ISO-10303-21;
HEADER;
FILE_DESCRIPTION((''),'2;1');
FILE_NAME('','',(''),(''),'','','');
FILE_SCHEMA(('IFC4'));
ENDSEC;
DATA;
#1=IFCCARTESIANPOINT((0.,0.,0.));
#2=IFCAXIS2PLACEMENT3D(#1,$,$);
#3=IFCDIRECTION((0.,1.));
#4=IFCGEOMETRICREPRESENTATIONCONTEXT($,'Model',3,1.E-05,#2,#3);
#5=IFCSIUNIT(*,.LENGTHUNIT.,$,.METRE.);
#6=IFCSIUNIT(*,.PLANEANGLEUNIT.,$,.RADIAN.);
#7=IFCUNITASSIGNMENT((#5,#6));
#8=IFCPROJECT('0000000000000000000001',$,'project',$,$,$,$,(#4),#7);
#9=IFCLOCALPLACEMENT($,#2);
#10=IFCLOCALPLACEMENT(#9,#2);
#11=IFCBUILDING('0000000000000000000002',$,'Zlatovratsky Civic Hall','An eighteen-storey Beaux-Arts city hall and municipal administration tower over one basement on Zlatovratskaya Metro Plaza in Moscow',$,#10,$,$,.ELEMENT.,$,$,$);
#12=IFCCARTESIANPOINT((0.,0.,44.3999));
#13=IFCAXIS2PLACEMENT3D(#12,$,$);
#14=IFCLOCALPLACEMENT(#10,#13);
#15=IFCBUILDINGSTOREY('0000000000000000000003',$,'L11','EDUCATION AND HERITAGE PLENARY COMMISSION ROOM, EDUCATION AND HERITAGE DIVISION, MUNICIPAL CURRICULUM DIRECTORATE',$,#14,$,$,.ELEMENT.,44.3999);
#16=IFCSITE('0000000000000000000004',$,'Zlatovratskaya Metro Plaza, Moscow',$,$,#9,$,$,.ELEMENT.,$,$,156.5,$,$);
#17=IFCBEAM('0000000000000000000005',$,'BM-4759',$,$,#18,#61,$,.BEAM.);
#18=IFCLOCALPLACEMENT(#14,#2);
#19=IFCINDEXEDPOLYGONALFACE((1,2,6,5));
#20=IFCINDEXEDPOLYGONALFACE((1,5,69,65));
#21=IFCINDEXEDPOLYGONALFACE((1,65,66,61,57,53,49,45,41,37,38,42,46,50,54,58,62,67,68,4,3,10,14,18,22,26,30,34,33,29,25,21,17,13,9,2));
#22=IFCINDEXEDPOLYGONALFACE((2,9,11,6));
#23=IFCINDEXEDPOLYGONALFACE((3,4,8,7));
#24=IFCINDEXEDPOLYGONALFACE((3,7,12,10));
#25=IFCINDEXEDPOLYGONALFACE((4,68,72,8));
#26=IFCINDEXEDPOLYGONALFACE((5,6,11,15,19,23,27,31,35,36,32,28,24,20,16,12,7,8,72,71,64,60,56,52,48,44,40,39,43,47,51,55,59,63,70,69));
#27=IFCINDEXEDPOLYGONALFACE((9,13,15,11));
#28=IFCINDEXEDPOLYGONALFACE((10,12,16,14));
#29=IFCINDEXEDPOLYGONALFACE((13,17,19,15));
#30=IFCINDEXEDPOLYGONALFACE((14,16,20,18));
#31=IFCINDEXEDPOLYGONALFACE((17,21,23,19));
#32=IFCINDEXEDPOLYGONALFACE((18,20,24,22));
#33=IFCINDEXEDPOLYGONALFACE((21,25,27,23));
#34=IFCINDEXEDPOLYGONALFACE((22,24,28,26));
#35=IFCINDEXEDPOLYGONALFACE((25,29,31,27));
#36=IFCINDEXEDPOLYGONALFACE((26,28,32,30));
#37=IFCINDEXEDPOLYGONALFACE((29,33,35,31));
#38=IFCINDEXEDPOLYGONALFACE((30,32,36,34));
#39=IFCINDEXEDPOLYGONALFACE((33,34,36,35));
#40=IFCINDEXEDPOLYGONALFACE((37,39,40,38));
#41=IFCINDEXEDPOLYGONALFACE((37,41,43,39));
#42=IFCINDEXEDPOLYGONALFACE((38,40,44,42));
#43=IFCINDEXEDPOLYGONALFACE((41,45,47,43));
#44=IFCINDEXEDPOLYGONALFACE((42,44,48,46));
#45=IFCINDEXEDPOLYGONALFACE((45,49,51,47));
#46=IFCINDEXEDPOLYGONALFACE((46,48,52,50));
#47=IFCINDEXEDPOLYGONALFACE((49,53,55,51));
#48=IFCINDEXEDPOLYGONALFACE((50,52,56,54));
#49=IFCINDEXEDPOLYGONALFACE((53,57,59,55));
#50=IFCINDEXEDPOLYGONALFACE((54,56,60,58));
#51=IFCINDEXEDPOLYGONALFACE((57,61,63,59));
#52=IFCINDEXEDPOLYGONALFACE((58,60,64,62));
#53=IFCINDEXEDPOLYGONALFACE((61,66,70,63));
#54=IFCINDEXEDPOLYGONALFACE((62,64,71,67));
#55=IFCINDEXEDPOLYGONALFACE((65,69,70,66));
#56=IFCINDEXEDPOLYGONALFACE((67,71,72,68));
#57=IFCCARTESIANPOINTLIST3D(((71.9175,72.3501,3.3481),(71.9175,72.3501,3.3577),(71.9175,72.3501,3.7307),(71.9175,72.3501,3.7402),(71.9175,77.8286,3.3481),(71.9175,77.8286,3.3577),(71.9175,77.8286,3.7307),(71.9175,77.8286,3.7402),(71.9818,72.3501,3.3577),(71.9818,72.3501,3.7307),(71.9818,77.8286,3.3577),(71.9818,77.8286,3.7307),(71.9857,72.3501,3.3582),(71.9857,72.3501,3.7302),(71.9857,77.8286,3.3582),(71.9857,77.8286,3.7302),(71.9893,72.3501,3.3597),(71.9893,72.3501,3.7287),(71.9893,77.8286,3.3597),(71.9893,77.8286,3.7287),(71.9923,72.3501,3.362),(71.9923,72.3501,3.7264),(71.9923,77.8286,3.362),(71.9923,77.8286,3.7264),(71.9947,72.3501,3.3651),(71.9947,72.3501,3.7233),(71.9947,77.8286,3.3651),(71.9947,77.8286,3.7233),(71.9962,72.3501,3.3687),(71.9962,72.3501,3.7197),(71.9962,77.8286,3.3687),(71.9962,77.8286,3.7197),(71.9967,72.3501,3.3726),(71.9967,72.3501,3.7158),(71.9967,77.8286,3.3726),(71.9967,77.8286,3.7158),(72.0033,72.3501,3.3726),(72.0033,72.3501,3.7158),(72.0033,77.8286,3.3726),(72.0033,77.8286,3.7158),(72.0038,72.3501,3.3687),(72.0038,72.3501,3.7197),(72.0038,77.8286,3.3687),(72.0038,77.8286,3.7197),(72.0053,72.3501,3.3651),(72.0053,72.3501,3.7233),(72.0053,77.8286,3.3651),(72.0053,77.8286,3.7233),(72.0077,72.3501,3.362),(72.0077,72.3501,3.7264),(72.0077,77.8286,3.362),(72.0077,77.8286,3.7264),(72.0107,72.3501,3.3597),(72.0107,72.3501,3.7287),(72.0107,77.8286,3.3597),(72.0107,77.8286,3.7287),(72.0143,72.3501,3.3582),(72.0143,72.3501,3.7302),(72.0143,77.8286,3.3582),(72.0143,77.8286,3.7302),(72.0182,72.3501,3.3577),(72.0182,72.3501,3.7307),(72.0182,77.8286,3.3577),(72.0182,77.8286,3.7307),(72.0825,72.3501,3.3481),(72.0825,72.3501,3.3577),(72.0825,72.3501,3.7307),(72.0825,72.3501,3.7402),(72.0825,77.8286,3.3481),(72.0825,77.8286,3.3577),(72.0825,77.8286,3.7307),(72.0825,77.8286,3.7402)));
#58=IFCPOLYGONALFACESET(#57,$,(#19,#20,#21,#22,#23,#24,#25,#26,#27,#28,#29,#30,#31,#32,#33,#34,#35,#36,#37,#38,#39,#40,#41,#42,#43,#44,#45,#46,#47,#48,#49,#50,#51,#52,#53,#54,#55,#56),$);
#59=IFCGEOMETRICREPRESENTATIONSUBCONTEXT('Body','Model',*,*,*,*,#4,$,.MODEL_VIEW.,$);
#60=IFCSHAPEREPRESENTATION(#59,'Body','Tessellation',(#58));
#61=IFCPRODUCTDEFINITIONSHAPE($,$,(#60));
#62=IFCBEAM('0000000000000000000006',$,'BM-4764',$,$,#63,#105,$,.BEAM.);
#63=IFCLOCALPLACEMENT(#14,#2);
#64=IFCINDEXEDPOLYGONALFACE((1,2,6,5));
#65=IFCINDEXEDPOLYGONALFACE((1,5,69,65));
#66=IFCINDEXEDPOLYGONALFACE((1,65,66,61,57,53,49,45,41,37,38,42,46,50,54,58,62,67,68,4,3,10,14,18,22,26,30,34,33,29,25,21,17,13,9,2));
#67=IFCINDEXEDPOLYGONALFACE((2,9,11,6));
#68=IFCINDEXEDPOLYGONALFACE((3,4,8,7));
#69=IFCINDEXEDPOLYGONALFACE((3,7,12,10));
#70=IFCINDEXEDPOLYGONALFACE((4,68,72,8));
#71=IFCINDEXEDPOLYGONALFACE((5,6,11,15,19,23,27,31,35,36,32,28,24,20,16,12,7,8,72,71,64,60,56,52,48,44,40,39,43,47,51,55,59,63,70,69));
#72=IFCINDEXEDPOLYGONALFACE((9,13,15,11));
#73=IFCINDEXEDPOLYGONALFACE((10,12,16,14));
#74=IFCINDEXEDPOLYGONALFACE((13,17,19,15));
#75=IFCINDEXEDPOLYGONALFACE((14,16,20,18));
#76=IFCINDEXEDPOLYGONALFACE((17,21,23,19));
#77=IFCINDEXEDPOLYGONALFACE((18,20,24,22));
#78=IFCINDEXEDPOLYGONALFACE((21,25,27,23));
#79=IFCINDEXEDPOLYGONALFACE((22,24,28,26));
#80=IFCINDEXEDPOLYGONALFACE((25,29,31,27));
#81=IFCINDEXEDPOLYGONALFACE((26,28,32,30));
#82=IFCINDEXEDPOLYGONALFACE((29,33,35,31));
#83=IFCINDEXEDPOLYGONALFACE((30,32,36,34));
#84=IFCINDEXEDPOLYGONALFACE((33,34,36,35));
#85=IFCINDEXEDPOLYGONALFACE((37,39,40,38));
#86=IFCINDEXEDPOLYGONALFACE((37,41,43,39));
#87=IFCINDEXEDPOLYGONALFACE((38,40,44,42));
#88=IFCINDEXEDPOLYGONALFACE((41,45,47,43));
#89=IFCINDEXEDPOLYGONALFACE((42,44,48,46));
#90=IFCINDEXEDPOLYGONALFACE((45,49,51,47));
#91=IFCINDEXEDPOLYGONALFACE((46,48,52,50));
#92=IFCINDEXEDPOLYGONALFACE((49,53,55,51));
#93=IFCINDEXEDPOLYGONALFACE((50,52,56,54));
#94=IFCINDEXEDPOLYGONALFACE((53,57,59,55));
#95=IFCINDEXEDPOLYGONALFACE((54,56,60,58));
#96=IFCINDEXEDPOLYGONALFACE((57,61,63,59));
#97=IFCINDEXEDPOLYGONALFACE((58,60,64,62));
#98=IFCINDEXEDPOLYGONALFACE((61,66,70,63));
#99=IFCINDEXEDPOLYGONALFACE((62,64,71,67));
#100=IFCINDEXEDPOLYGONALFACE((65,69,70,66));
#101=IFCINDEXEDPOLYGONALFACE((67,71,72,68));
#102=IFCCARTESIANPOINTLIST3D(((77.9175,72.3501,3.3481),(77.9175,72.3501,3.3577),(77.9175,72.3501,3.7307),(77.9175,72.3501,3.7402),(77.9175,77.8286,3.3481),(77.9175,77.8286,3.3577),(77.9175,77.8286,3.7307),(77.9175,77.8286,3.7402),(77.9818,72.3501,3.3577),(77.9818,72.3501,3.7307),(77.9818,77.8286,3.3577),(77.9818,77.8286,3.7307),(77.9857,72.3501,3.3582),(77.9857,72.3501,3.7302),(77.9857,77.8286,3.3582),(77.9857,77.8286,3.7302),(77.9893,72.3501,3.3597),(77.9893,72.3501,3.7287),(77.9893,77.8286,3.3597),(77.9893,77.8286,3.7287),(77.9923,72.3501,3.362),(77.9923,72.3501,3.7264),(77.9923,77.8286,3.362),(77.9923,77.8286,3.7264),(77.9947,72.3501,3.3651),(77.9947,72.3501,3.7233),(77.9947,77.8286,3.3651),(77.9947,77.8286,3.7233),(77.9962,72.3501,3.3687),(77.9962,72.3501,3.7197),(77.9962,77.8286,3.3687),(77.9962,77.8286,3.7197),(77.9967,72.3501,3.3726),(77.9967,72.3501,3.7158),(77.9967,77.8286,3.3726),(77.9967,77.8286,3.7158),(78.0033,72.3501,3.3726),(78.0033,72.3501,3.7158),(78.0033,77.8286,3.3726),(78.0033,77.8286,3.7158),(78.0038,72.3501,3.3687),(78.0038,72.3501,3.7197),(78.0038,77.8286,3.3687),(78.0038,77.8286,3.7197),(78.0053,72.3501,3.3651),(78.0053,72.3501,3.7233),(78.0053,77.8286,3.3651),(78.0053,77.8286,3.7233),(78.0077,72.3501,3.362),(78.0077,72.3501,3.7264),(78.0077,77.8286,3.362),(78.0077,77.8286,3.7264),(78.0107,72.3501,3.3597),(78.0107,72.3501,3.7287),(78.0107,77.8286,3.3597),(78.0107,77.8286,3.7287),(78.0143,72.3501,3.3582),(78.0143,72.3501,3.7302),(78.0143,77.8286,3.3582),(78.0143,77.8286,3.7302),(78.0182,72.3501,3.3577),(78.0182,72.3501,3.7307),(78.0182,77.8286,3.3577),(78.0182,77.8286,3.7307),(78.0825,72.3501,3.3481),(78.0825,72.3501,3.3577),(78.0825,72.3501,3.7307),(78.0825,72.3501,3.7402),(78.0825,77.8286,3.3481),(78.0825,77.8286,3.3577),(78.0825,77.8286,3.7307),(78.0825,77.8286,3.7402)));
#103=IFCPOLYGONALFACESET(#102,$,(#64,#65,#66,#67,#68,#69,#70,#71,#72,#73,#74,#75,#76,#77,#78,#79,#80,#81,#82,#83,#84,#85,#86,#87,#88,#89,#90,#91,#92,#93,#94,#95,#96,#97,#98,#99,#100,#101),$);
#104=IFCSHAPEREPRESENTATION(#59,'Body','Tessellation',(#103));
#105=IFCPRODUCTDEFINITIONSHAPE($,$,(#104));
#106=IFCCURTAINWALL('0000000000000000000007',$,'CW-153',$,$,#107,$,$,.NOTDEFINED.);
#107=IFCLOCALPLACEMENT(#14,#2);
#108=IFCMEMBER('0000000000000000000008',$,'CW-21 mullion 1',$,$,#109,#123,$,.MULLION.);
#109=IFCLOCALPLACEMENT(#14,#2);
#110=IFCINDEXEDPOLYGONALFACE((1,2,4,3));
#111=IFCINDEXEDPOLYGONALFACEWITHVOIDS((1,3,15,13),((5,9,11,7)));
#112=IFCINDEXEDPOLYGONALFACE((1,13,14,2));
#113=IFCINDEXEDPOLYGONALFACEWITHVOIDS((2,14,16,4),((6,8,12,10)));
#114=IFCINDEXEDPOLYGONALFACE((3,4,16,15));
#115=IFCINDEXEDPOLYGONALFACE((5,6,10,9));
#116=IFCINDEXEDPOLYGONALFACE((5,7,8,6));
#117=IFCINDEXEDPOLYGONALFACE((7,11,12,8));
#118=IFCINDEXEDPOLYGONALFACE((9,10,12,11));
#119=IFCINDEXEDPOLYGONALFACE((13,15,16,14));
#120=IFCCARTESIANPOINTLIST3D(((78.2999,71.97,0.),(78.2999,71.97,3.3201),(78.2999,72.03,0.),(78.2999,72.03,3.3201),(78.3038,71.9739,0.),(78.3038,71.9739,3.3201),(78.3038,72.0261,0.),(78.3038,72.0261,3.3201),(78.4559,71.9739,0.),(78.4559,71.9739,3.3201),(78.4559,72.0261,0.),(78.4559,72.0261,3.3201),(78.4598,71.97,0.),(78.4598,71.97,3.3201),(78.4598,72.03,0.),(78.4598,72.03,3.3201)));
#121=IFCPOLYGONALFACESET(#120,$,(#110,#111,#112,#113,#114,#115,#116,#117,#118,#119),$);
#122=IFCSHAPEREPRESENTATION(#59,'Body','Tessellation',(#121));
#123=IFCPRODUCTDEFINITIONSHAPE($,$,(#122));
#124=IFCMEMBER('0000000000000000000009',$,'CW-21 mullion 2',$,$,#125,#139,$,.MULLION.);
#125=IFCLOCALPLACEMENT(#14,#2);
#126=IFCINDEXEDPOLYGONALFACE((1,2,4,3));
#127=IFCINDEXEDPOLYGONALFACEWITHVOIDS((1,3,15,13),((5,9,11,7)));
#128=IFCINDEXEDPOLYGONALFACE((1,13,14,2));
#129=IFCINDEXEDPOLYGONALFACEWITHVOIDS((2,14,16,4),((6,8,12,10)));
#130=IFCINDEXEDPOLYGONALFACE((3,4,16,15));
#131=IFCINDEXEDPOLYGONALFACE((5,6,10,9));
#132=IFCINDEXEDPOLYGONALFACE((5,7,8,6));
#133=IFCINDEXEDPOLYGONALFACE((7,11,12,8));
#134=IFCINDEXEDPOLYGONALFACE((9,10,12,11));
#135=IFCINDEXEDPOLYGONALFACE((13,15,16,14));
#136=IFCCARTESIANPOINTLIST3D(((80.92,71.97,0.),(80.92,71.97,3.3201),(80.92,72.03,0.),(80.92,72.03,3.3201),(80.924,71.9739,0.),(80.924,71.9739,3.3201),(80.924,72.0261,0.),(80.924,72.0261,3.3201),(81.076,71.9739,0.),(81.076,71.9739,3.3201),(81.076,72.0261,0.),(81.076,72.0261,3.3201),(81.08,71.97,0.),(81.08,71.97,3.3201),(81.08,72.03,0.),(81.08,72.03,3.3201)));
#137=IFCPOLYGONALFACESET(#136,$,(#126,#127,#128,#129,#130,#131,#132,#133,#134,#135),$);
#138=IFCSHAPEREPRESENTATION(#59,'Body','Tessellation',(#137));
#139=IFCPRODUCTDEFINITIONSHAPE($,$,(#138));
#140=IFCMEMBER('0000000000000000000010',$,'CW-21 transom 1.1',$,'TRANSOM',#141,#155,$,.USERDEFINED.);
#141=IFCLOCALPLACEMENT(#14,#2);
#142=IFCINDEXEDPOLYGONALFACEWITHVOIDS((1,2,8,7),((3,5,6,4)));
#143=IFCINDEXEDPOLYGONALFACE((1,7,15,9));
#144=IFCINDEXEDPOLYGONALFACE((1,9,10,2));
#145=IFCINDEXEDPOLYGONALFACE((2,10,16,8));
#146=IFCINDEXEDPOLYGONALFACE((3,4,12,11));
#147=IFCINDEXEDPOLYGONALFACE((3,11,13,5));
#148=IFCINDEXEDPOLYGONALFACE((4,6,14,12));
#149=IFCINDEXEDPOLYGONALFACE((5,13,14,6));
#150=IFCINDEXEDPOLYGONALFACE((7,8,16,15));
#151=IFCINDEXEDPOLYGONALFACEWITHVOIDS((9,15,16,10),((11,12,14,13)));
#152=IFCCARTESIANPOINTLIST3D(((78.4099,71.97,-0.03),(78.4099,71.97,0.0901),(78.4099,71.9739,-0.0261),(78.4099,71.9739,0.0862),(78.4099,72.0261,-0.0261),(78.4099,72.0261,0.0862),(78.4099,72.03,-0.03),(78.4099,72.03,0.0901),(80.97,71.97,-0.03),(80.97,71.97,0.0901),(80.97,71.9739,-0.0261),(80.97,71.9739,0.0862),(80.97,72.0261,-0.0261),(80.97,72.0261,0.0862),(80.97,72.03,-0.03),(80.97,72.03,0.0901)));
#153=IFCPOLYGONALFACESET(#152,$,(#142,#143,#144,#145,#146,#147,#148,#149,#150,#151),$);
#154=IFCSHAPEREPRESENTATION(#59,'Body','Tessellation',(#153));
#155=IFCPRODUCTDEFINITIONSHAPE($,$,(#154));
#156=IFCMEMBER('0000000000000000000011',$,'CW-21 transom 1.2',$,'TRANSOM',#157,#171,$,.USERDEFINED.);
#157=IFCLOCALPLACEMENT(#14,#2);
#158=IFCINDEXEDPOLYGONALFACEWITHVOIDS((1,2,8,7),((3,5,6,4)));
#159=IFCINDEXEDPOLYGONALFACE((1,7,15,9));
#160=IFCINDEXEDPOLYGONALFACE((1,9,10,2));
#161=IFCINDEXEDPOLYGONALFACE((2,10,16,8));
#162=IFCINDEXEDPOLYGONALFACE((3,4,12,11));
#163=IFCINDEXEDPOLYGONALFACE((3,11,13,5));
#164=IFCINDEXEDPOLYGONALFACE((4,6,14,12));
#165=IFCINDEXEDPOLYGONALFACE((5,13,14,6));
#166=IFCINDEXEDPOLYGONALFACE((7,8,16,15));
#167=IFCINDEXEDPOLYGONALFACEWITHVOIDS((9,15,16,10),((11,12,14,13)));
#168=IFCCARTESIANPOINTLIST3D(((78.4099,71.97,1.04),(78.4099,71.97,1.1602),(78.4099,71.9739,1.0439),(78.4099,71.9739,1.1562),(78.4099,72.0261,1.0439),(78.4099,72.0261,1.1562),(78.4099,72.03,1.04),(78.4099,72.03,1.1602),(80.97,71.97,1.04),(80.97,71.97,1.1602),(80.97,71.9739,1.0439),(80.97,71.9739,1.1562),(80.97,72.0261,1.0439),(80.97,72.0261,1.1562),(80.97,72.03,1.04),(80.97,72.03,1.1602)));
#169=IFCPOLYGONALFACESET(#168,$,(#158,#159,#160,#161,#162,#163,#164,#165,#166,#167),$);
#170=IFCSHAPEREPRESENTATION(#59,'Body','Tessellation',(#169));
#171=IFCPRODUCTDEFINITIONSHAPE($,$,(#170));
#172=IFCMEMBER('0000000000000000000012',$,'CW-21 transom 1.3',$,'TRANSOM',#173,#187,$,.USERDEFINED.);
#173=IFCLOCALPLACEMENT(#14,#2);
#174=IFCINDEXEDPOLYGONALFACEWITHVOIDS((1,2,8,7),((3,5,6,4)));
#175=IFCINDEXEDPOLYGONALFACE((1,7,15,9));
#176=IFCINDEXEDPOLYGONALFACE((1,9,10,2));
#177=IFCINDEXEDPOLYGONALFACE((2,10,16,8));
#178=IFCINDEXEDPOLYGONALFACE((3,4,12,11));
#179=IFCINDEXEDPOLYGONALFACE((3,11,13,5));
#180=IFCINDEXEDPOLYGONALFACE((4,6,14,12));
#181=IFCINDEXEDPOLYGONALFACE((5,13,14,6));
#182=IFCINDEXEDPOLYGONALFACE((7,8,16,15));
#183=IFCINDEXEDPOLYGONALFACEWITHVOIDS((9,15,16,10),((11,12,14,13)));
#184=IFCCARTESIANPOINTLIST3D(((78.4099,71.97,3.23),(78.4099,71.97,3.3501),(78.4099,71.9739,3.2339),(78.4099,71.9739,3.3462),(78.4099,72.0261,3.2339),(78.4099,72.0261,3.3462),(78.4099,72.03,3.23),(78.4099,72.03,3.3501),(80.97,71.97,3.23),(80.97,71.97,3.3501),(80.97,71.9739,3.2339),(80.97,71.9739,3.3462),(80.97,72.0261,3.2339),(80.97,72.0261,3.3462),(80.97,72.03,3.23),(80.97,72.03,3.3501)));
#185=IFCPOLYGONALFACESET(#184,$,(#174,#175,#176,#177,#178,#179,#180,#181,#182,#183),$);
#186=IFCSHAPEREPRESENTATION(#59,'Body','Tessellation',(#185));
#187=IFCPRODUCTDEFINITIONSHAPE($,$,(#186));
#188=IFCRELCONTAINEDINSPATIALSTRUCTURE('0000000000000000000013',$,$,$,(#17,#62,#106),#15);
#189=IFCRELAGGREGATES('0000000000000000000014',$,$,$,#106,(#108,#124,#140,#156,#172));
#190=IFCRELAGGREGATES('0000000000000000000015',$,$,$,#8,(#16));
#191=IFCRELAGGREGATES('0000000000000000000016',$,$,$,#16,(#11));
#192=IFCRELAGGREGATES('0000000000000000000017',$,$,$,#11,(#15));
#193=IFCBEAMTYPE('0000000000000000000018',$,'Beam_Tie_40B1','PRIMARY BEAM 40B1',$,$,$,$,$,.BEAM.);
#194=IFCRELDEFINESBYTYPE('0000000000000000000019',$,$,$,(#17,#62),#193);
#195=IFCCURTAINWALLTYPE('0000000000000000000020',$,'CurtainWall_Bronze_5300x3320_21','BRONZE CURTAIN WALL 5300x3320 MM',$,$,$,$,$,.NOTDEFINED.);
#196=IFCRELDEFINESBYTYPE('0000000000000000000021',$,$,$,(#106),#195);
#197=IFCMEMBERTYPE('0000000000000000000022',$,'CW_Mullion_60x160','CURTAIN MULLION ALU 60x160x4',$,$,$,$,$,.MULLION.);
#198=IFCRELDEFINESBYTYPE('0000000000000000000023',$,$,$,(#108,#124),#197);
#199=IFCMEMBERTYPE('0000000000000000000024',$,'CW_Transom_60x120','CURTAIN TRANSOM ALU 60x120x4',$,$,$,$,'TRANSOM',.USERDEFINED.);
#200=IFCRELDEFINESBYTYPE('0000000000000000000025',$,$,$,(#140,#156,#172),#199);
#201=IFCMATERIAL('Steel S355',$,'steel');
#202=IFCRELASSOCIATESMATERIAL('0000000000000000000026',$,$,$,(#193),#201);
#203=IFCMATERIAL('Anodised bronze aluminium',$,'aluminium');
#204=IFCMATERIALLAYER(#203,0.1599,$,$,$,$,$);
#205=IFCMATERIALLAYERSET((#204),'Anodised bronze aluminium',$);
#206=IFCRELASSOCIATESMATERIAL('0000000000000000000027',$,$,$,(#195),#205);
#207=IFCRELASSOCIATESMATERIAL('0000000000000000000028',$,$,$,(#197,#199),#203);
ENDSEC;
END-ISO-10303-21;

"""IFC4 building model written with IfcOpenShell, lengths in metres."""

from ifc_helpers import new_model, si_unit, direction, frame, origin, origin_2d, place, context, subcontext, project, spatial, hollow_rectangle, i_section, extrude, material, layer, layer_set, material_profile, profile_set, type_object, element, aggregate, save


model = new_model("IFC4")

# Units and contexts
model_context = context("Model", 3, precision=1e-05, world=origin(), true_north=direction((0.0, 1.0)))
body_context = subcontext(model_context, "Body", "Model", "MODEL_VIEW")
ifc_project = project(units=[si_unit("LENGTHUNIT", "METRE"), si_unit("PLANEANGLEUNIT", "RADIAN")], contexts=[model_context])

# Site, building, storey
site_placement = place(None, origin())
site = spatial("IfcSite", under=ifc_project, at=site_placement, Name="Zlatovratskaya Metro Plaza, Moscow", CompositionType="ELEMENT", RefElevation=156.5)
building_placement = place(site_placement, origin())
building = spatial("IfcBuilding", under=site, at=building_placement, Name="Zlatovratsky Civic Hall", Description="An eighteen-storey Beaux-Arts city hall and municipal administration tower over one basement on Zlatovratskaya Metro Plaza in Moscow", CompositionType="ELEMENT")
storey_placement = place(building_placement, frame((0.0, 0.0, 44.3999)))
storey = spatial("IfcBuildingStorey", under=building, at=storey_placement, Name="L11", Description="EDUCATION AND HERITAGE PLENARY COMMISSION ROOM, EDUCATION AND HERITAGE DIVISION, MUNICIPAL CURRICULUM DIRECTORATE", CompositionType="ELEMENT", Elevation=44.3999)

# Shared definitions
ifc_material_1 = material(Name="Steel S355", Category="steel")

# Beams
ifc_material_profile_1 = material_profile(ifc_material_1, i_section(OverallWidth=0.165, OverallDepth=0.3921, WebThickness=0.0066, FlangeThickness=0.0095, FilletRadius=0.0149, at=origin_2d()), Name="40B1")
ifc_profile_set_1 = profile_set([ifc_material_profile_1], Name="Steel S355")
beam_type_1 = type_object("IfcBeamType", Name="Beam_Tie_40B1", Description="PRIMARY BEAM 40B1", PredefinedType="BEAM", material=ifc_profile_set_1)
for number, where, z_axis, x_axis, name in (
    (1, (72.0, 72.3501, 3.5442), (0.0, 1.0, 0.0), (-1.0, 0.0, 0.0), "BM-4759"),
    (2, (78.0, 72.3501, 3.5442), (0.0, 1.0, 0.0), (-1.0, 0.0, 0.0), "BM-4764"),
):
    element("IfcBeam", number, at=place(storey_placement, frame(where, z_axis=z_axis, x_axis=x_axis)), inside=storey, type_object=beam_type_1, Name=name, PredefinedType="BEAM", context=body_context, shape_type="SweptSolid", body=[
        extrude(i_section(OverallWidth=0.165, OverallDepth=0.3921, WebThickness=0.0066, FlangeThickness=0.0095, FilletRadius=0.0149, at=origin_2d()), origin(), (0.0, 0.0, 1.0), 5.4785),
    ])

# Curtain wall, members
ifc_material_2 = material(Name="Anodised bronze aluminium", Category="aluminium")
ifc_layer_1 = layer(ifc_material_2, 0.1599)
ifc_layer_set_1 = layer_set([ifc_layer_1], Name="Anodised bronze aluminium")
curtain_wall_type = type_object("IfcCurtainWallType", Name="CurtainWall_Bronze_5300x3320_21", Description="BRONZE CURTAIN WALL 5300x3320 MM", PredefinedType="NOTDEFINED", material=ifc_layer_set_1)
curtain_wall_placement = place(storey_placement, origin())
curtain_wall = element("IfcCurtainWall", 3, at=curtain_wall_placement, inside=storey, type_object=curtain_wall_type, Name="CW-153", PredefinedType="NOTDEFINED")
ifc_material_profile_2 = material_profile(ifc_material_2, hollow_rectangle(XDim=0.0601, YDim=0.1599, WallThickness=0.0039, at=origin_2d()), Name="ALU 60x160x4")
ifc_profile_set_2 = profile_set([ifc_material_profile_2], Name="Anodised bronze aluminium")
member_type_1 = type_object("IfcMemberType", Name="CW_Mullion_60x160", Description="CURTAIN MULLION ALU 60x160x4", PredefinedType="MULLION", material=ifc_profile_set_2)
member_1_placement = place(storey_placement, frame((78.3799, 72.0, 0.0), z_axis=(0.0, 0.0, 1.0), x_axis=(0.0, 1.0, 0.0)))
member_1 = element("IfcMember", 4, at=member_1_placement, type_object=member_type_1, Name="CW-21 mullion 1", PredefinedType="MULLION", context=body_context, shape_type="SweptSolid", body=[
    extrude(hollow_rectangle(XDim=0.0601, YDim=0.1599, WallThickness=0.0039, at=origin_2d()), origin(), (0.0, 0.0, 1.0), 3.3201),
])
member_2_placement = place(storey_placement, frame((81.0, 72.0, 0.0), z_axis=(0.0, 0.0, 1.0), x_axis=(0.0, 1.0, 0.0)))
member_2 = element("IfcMember", 5, at=member_2_placement, type_object=member_type_1, Name="CW-21 mullion 2", PredefinedType="MULLION", context=body_context, shape_type="SweptSolid", body=[
    extrude(hollow_rectangle(XDim=0.0601, YDim=0.1599, WallThickness=0.0039, at=origin_2d()), origin(), (0.0, 0.0, 1.0), 3.3201),
])
ifc_material_profile_3 = material_profile(ifc_material_2, hollow_rectangle(XDim=0.0601, YDim=0.1201, WallThickness=0.0039, at=origin_2d()), Name="ALU 60x120x4")
ifc_profile_set_3 = profile_set([ifc_material_profile_3], Name="Anodised bronze aluminium")
member_type_2 = type_object("IfcMemberType", Name="CW_Transom_60x120", Description="CURTAIN TRANSOM ALU 60x120x4", ElementType="TRANSOM", PredefinedType="USERDEFINED", material=ifc_profile_set_3)
member_3_placement = place(storey_placement, frame((78.4099, 72.0, 0.03), z_axis=(1.0, 0.0, 0.0), x_axis=(0.0, 1.0, 0.0)))
member_3 = element("IfcMember", 6, at=member_3_placement, type_object=member_type_2, Name="CW-21 transom 1.1", ObjectType="TRANSOM", PredefinedType="USERDEFINED", context=body_context, shape_type="SweptSolid", body=[
    extrude(hollow_rectangle(XDim=0.0601, YDim=0.1201, WallThickness=0.0039, at=origin_2d()), origin(), (0.0, 0.0, 1.0), 2.5601),
])
member_4_placement = place(storey_placement, frame((78.4099, 72.0, 1.1001), z_axis=(1.0, 0.0, 0.0), x_axis=(0.0, 1.0, 0.0)))
member_4 = element("IfcMember", 7, at=member_4_placement, type_object=member_type_2, Name="CW-21 transom 1.2", ObjectType="TRANSOM", PredefinedType="USERDEFINED", context=body_context, shape_type="SweptSolid", body=[
    extrude(hollow_rectangle(XDim=0.0601, YDim=0.1201, WallThickness=0.0039, at=origin_2d()), origin(), (0.0, 0.0, 1.0), 2.5601),
])
member_5_placement = place(storey_placement, frame((78.4099, 72.0, 3.29), z_axis=(1.0, 0.0, 0.0), x_axis=(0.0, 1.0, 0.0)))
member_5 = element("IfcMember", 8, at=member_5_placement, type_object=member_type_2, Name="CW-21 transom 1.3", ObjectType="TRANSOM", PredefinedType="USERDEFINED", context=body_context, shape_type="SweptSolid", body=[
    extrude(hollow_rectangle(XDim=0.0601, YDim=0.1201, WallThickness=0.0039, at=origin_2d()), origin(), (0.0, 0.0, 1.0), 2.5601),
])
aggregate(curtain_wall, [member_1, member_2, member_3, member_4, member_5])

save(model, "model.ifc")
